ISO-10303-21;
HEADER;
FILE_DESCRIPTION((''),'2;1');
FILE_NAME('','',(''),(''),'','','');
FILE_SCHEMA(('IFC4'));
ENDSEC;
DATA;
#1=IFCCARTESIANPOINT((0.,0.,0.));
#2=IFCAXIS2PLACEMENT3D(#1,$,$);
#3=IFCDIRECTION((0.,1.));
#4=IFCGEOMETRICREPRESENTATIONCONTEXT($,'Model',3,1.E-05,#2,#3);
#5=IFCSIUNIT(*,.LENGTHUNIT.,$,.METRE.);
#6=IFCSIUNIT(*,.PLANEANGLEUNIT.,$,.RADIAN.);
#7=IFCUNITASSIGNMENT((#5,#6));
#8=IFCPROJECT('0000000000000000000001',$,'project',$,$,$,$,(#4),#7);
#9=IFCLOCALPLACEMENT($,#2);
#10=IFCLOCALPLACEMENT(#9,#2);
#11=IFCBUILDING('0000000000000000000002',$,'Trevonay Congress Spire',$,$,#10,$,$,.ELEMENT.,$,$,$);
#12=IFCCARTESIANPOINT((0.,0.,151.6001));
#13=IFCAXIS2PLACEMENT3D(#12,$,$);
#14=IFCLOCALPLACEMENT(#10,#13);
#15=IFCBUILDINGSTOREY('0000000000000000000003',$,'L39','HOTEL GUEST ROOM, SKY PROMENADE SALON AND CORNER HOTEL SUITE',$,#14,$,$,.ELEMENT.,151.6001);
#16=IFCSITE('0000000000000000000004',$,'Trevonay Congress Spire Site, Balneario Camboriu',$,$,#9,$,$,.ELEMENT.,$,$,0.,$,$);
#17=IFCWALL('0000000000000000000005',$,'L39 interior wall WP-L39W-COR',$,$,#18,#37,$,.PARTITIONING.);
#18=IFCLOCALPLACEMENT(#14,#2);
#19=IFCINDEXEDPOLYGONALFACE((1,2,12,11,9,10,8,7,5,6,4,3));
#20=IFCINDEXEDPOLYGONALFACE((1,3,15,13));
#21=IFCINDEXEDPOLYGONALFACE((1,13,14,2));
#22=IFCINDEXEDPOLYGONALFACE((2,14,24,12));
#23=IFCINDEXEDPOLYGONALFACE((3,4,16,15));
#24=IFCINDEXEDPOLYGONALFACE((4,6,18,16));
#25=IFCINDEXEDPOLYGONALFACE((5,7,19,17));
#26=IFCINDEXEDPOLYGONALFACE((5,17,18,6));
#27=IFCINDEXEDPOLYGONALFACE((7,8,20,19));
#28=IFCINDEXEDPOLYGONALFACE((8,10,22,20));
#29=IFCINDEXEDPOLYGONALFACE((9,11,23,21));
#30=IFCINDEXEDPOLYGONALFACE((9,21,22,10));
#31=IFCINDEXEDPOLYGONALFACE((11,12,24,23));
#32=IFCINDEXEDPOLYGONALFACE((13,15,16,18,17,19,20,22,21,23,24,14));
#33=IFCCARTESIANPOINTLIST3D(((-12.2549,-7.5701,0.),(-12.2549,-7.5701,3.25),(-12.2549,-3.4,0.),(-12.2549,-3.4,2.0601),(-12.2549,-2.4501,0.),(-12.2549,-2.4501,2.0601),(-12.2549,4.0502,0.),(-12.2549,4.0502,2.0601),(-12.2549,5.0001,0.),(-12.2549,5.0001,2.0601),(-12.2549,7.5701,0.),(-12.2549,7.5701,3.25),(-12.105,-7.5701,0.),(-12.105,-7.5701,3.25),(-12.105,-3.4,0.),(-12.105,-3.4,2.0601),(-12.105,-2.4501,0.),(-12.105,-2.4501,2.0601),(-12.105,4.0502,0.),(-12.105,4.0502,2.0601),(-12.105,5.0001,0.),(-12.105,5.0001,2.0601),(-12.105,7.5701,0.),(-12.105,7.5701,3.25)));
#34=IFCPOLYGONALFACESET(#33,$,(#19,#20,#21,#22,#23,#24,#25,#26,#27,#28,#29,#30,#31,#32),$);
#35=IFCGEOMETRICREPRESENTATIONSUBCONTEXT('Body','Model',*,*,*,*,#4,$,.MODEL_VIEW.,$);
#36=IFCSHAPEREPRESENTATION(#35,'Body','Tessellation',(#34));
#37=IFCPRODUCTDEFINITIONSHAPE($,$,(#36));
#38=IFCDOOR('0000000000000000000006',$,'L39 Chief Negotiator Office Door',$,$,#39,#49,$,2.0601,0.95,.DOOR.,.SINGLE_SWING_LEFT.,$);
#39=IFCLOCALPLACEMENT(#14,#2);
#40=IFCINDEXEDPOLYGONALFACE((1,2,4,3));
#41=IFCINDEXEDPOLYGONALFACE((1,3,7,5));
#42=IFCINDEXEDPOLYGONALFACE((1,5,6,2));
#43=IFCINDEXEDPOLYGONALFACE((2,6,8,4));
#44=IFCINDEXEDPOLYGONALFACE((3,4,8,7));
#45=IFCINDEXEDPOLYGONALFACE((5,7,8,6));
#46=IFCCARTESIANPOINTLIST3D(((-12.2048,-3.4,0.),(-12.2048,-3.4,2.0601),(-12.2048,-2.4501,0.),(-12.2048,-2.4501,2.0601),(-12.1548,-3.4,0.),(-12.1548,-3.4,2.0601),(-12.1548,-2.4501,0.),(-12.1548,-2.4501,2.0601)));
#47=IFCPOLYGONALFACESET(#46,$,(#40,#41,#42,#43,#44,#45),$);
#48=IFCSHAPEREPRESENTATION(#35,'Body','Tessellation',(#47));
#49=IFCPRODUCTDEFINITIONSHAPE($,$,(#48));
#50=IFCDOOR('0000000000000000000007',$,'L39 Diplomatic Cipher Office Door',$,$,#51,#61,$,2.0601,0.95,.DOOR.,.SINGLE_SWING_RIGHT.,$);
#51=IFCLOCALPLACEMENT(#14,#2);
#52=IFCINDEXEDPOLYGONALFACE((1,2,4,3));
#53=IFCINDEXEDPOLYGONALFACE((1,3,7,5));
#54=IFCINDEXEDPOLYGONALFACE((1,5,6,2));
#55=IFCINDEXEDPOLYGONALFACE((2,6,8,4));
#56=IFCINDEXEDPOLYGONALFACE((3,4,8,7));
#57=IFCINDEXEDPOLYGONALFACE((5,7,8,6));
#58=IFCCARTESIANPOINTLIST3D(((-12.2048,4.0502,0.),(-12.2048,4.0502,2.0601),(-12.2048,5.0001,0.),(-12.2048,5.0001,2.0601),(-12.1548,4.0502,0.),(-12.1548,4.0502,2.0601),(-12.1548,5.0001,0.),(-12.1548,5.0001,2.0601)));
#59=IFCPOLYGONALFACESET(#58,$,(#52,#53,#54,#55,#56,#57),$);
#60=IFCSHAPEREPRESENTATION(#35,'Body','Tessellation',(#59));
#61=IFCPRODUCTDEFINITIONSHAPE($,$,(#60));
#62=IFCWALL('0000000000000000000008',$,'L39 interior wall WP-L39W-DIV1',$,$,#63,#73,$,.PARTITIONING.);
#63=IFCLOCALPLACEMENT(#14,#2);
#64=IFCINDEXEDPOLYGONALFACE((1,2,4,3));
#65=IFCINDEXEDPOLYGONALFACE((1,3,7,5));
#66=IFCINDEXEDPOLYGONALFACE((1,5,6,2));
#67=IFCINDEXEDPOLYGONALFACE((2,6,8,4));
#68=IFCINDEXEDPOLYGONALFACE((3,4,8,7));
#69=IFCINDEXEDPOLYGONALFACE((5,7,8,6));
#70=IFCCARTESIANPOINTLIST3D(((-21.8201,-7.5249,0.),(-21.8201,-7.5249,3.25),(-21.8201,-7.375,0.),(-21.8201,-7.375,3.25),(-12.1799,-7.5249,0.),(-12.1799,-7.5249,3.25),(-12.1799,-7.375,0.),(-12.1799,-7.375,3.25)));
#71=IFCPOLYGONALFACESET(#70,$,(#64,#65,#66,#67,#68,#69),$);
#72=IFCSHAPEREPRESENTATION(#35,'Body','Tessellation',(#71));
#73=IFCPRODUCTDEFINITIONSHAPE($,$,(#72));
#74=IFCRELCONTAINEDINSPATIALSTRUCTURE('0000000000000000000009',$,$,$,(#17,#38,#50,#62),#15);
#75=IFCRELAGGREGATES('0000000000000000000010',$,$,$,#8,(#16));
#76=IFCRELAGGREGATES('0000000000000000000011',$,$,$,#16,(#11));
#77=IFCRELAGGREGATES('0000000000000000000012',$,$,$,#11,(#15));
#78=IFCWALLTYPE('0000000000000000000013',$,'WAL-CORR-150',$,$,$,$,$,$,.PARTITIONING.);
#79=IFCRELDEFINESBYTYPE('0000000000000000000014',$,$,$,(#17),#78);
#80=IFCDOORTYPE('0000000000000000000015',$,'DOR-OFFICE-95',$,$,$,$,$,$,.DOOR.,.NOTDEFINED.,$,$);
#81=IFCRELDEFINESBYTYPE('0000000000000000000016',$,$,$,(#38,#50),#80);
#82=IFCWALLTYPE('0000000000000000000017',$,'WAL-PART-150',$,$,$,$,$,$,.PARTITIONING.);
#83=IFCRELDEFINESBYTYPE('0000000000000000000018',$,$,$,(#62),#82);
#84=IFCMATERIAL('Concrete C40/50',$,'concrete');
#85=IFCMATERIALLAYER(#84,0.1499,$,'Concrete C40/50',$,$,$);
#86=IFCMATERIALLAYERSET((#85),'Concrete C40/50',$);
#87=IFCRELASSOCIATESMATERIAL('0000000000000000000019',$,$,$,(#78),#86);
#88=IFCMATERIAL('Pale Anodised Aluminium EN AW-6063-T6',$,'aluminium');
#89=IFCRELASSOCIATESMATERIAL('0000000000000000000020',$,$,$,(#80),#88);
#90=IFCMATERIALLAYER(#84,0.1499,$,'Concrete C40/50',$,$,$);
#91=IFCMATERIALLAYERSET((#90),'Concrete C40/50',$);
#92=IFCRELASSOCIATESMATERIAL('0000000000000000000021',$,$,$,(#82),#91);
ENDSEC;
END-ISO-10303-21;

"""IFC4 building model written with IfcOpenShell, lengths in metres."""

from ifc_helpers import new_model, si_unit, direction, frame, frame_2d, origin, place, context, subcontext, project, spatial, rectangle, extrude, material, layer, layer_set, type_object, element, fill, save


model = new_model("IFC4")

# Units and contexts
model_context = context("Model", 3, precision=1e-05, world=origin(), true_north=direction((0.0, 1.0)))
body_context = subcontext(model_context, "Body", "Model", "MODEL_VIEW")
ifc_project = project(units=[si_unit("LENGTHUNIT", "METRE"), si_unit("PLANEANGLEUNIT", "RADIAN")], contexts=[model_context])

# Site, building, storey
site_placement = place(None, origin())
site = spatial("IfcSite", under=ifc_project, at=site_placement, Name="Trevonay Congress Spire Site, Balneario Camboriu", CompositionType="ELEMENT", RefElevation=0.0)
building_placement = place(site_placement, origin())
building = spatial("IfcBuilding", under=site, at=building_placement, Name="Trevonay Congress Spire", CompositionType="ELEMENT")
storey_placement = place(building_placement, frame((0.0, 0.0, 151.6001)))
storey = spatial("IfcBuildingStorey", under=building, at=storey_placement, Name="L39", Description="HOTEL GUEST ROOM, SKY PROMENADE SALON AND CORNER HOTEL SUITE", CompositionType="ELEMENT", Elevation=151.6001)

# Shared definitions
ifc_material_1 = material(Name="Pale Anodised Aluminium EN AW-6063-T6", Category="aluminium")

# Wall, openings, doors
ifc_material_2 = material(Name="Concrete C40/50", Category="concrete")
ifc_layer_1 = layer(ifc_material_2, 0.1499, Name="Concrete C40/50")
ifc_layer_set_1 = layer_set([ifc_layer_1], Name="Concrete C40/50")
wall_type_1 = type_object("IfcWallType", Name="WAL-CORR-150", PredefinedType="PARTITIONING", material=ifc_layer_set_1)
wall_1_placement = place(storey_placement, frame((-12.1799, -7.5701, 0.0), z_axis=(0.0, 0.0, 1.0), x_axis=(0.0, 1.0, 0.0)))
wall_1 = element("IfcWall", 1, at=wall_1_placement, inside=storey, type_object=wall_type_1, Name="L39 interior wall WP-L39W-COR", PredefinedType="PARTITIONING", context=body_context, shape_type="SweptSolid", body=[
    extrude(rectangle(XDim=15.1401, YDim=0.1499, at=frame_2d((7.5701, 0.0))), origin(), (0.0, 0.0, 1.0), 3.25),
])
opening_1_placement = place(wall_1_placement, frame((4.1699, 0.0, 0.0)))
opening_1 = element("IfcOpeningElement", 2, at=opening_1_placement, cuts=wall_1, PredefinedType="OPENING", context=body_context, shape_type="SweptSolid", body=[
    extrude(rectangle(XDim=0.95, YDim=2.0601, at=frame_2d((0.4751, 1.03))), frame((0.0, 0.085, 0.0), z_axis=(0.0, -1.0, 0.0), x_axis=(1.0, 0.0, 0.0)), (0.0, 0.0, 1.0), 0.1699),
])
opening_2_placement = place(wall_1_placement, frame((11.6201, 0.0, 0.0)))
opening_2 = element("IfcOpeningElement", 3, at=opening_2_placement, cuts=wall_1, PredefinedType="OPENING", context=body_context, shape_type="SweptSolid", body=[
    extrude(rectangle(XDim=0.95, YDim=2.0601, at=frame_2d((0.4751, 1.03))), frame((0.0, 0.085, 0.0), z_axis=(0.0, -1.0, 0.0), x_axis=(1.0, 0.0, 0.0)), (0.0, 0.0, 1.0), 0.1699),
])
door_type_1 = type_object("IfcDoorType", Name="DOR-OFFICE-95", OperationType="NOTDEFINED", PredefinedType="DOOR", material=ifc_material_1)
door_1_placement = place(opening_1_placement, origin())
door_1 = element("IfcDoor", 4, at=door_1_placement, inside=storey, type_object=door_type_1, Name="L39 Chief Negotiator Office Door", OperationType="SINGLE_SWING_LEFT", OverallHeight=2.0601, OverallWidth=0.95, PredefinedType="DOOR", context=body_context, shape_type="SweptSolid", body=[
    extrude(rectangle(XDim=0.95, YDim=2.0601, at=frame_2d((0.4751, 1.03))), frame((0.0, 0.0249, 0.0), z_axis=(0.0, -1.0, 0.0), x_axis=(1.0, 0.0, 0.0)), (0.0, 0.0, 1.0), 0.05),
])
fill(opening_1, door_1)
door_2_placement = place(opening_2_placement, origin())
door_2 = element("IfcDoor", 5, at=door_2_placement, inside=storey, type_object=door_type_1, Name="L39 Diplomatic Cipher Office Door", OperationType="SINGLE_SWING_RIGHT", OverallHeight=2.0601, OverallWidth=0.95, PredefinedType="DOOR", context=body_context, shape_type="SweptSolid", body=[
    extrude(rectangle(XDim=0.95, YDim=2.0601, at=frame_2d((0.4751, 1.03))), frame((0.0, 0.0249, 0.0), z_axis=(0.0, -1.0, 0.0), x_axis=(1.0, 0.0, 0.0)), (0.0, 0.0, 1.0), 0.05),
])
fill(opening_2, door_2)

# Wall
ifc_layer_2 = layer(ifc_material_2, 0.1499, Name="Concrete C40/50")
ifc_layer_set_2 = layer_set([ifc_layer_2], Name="Concrete C40/50")
wall_type_2 = type_object("IfcWallType", Name="WAL-PART-150", PredefinedType="PARTITIONING", material=ifc_layer_set_2)
wall_2_placement = place(storey_placement, frame((-21.8201, -7.45, 0.0), z_axis=(0.0, 0.0, 1.0), x_axis=(1.0, 0.0, 0.0)))
element("IfcWall", 6, at=wall_2_placement, inside=storey, type_object=wall_type_2, Name="L39 interior wall WP-L39W-DIV1", PredefinedType="PARTITIONING", context=body_context, shape_type="SweptSolid", body=[
    extrude(rectangle(XDim=9.6401, YDim=0.1499, at=frame_2d((4.8201, 0.0))), origin(), (0.0, 0.0, 1.0), 3.25),
])

save(model, "model.ifc")
